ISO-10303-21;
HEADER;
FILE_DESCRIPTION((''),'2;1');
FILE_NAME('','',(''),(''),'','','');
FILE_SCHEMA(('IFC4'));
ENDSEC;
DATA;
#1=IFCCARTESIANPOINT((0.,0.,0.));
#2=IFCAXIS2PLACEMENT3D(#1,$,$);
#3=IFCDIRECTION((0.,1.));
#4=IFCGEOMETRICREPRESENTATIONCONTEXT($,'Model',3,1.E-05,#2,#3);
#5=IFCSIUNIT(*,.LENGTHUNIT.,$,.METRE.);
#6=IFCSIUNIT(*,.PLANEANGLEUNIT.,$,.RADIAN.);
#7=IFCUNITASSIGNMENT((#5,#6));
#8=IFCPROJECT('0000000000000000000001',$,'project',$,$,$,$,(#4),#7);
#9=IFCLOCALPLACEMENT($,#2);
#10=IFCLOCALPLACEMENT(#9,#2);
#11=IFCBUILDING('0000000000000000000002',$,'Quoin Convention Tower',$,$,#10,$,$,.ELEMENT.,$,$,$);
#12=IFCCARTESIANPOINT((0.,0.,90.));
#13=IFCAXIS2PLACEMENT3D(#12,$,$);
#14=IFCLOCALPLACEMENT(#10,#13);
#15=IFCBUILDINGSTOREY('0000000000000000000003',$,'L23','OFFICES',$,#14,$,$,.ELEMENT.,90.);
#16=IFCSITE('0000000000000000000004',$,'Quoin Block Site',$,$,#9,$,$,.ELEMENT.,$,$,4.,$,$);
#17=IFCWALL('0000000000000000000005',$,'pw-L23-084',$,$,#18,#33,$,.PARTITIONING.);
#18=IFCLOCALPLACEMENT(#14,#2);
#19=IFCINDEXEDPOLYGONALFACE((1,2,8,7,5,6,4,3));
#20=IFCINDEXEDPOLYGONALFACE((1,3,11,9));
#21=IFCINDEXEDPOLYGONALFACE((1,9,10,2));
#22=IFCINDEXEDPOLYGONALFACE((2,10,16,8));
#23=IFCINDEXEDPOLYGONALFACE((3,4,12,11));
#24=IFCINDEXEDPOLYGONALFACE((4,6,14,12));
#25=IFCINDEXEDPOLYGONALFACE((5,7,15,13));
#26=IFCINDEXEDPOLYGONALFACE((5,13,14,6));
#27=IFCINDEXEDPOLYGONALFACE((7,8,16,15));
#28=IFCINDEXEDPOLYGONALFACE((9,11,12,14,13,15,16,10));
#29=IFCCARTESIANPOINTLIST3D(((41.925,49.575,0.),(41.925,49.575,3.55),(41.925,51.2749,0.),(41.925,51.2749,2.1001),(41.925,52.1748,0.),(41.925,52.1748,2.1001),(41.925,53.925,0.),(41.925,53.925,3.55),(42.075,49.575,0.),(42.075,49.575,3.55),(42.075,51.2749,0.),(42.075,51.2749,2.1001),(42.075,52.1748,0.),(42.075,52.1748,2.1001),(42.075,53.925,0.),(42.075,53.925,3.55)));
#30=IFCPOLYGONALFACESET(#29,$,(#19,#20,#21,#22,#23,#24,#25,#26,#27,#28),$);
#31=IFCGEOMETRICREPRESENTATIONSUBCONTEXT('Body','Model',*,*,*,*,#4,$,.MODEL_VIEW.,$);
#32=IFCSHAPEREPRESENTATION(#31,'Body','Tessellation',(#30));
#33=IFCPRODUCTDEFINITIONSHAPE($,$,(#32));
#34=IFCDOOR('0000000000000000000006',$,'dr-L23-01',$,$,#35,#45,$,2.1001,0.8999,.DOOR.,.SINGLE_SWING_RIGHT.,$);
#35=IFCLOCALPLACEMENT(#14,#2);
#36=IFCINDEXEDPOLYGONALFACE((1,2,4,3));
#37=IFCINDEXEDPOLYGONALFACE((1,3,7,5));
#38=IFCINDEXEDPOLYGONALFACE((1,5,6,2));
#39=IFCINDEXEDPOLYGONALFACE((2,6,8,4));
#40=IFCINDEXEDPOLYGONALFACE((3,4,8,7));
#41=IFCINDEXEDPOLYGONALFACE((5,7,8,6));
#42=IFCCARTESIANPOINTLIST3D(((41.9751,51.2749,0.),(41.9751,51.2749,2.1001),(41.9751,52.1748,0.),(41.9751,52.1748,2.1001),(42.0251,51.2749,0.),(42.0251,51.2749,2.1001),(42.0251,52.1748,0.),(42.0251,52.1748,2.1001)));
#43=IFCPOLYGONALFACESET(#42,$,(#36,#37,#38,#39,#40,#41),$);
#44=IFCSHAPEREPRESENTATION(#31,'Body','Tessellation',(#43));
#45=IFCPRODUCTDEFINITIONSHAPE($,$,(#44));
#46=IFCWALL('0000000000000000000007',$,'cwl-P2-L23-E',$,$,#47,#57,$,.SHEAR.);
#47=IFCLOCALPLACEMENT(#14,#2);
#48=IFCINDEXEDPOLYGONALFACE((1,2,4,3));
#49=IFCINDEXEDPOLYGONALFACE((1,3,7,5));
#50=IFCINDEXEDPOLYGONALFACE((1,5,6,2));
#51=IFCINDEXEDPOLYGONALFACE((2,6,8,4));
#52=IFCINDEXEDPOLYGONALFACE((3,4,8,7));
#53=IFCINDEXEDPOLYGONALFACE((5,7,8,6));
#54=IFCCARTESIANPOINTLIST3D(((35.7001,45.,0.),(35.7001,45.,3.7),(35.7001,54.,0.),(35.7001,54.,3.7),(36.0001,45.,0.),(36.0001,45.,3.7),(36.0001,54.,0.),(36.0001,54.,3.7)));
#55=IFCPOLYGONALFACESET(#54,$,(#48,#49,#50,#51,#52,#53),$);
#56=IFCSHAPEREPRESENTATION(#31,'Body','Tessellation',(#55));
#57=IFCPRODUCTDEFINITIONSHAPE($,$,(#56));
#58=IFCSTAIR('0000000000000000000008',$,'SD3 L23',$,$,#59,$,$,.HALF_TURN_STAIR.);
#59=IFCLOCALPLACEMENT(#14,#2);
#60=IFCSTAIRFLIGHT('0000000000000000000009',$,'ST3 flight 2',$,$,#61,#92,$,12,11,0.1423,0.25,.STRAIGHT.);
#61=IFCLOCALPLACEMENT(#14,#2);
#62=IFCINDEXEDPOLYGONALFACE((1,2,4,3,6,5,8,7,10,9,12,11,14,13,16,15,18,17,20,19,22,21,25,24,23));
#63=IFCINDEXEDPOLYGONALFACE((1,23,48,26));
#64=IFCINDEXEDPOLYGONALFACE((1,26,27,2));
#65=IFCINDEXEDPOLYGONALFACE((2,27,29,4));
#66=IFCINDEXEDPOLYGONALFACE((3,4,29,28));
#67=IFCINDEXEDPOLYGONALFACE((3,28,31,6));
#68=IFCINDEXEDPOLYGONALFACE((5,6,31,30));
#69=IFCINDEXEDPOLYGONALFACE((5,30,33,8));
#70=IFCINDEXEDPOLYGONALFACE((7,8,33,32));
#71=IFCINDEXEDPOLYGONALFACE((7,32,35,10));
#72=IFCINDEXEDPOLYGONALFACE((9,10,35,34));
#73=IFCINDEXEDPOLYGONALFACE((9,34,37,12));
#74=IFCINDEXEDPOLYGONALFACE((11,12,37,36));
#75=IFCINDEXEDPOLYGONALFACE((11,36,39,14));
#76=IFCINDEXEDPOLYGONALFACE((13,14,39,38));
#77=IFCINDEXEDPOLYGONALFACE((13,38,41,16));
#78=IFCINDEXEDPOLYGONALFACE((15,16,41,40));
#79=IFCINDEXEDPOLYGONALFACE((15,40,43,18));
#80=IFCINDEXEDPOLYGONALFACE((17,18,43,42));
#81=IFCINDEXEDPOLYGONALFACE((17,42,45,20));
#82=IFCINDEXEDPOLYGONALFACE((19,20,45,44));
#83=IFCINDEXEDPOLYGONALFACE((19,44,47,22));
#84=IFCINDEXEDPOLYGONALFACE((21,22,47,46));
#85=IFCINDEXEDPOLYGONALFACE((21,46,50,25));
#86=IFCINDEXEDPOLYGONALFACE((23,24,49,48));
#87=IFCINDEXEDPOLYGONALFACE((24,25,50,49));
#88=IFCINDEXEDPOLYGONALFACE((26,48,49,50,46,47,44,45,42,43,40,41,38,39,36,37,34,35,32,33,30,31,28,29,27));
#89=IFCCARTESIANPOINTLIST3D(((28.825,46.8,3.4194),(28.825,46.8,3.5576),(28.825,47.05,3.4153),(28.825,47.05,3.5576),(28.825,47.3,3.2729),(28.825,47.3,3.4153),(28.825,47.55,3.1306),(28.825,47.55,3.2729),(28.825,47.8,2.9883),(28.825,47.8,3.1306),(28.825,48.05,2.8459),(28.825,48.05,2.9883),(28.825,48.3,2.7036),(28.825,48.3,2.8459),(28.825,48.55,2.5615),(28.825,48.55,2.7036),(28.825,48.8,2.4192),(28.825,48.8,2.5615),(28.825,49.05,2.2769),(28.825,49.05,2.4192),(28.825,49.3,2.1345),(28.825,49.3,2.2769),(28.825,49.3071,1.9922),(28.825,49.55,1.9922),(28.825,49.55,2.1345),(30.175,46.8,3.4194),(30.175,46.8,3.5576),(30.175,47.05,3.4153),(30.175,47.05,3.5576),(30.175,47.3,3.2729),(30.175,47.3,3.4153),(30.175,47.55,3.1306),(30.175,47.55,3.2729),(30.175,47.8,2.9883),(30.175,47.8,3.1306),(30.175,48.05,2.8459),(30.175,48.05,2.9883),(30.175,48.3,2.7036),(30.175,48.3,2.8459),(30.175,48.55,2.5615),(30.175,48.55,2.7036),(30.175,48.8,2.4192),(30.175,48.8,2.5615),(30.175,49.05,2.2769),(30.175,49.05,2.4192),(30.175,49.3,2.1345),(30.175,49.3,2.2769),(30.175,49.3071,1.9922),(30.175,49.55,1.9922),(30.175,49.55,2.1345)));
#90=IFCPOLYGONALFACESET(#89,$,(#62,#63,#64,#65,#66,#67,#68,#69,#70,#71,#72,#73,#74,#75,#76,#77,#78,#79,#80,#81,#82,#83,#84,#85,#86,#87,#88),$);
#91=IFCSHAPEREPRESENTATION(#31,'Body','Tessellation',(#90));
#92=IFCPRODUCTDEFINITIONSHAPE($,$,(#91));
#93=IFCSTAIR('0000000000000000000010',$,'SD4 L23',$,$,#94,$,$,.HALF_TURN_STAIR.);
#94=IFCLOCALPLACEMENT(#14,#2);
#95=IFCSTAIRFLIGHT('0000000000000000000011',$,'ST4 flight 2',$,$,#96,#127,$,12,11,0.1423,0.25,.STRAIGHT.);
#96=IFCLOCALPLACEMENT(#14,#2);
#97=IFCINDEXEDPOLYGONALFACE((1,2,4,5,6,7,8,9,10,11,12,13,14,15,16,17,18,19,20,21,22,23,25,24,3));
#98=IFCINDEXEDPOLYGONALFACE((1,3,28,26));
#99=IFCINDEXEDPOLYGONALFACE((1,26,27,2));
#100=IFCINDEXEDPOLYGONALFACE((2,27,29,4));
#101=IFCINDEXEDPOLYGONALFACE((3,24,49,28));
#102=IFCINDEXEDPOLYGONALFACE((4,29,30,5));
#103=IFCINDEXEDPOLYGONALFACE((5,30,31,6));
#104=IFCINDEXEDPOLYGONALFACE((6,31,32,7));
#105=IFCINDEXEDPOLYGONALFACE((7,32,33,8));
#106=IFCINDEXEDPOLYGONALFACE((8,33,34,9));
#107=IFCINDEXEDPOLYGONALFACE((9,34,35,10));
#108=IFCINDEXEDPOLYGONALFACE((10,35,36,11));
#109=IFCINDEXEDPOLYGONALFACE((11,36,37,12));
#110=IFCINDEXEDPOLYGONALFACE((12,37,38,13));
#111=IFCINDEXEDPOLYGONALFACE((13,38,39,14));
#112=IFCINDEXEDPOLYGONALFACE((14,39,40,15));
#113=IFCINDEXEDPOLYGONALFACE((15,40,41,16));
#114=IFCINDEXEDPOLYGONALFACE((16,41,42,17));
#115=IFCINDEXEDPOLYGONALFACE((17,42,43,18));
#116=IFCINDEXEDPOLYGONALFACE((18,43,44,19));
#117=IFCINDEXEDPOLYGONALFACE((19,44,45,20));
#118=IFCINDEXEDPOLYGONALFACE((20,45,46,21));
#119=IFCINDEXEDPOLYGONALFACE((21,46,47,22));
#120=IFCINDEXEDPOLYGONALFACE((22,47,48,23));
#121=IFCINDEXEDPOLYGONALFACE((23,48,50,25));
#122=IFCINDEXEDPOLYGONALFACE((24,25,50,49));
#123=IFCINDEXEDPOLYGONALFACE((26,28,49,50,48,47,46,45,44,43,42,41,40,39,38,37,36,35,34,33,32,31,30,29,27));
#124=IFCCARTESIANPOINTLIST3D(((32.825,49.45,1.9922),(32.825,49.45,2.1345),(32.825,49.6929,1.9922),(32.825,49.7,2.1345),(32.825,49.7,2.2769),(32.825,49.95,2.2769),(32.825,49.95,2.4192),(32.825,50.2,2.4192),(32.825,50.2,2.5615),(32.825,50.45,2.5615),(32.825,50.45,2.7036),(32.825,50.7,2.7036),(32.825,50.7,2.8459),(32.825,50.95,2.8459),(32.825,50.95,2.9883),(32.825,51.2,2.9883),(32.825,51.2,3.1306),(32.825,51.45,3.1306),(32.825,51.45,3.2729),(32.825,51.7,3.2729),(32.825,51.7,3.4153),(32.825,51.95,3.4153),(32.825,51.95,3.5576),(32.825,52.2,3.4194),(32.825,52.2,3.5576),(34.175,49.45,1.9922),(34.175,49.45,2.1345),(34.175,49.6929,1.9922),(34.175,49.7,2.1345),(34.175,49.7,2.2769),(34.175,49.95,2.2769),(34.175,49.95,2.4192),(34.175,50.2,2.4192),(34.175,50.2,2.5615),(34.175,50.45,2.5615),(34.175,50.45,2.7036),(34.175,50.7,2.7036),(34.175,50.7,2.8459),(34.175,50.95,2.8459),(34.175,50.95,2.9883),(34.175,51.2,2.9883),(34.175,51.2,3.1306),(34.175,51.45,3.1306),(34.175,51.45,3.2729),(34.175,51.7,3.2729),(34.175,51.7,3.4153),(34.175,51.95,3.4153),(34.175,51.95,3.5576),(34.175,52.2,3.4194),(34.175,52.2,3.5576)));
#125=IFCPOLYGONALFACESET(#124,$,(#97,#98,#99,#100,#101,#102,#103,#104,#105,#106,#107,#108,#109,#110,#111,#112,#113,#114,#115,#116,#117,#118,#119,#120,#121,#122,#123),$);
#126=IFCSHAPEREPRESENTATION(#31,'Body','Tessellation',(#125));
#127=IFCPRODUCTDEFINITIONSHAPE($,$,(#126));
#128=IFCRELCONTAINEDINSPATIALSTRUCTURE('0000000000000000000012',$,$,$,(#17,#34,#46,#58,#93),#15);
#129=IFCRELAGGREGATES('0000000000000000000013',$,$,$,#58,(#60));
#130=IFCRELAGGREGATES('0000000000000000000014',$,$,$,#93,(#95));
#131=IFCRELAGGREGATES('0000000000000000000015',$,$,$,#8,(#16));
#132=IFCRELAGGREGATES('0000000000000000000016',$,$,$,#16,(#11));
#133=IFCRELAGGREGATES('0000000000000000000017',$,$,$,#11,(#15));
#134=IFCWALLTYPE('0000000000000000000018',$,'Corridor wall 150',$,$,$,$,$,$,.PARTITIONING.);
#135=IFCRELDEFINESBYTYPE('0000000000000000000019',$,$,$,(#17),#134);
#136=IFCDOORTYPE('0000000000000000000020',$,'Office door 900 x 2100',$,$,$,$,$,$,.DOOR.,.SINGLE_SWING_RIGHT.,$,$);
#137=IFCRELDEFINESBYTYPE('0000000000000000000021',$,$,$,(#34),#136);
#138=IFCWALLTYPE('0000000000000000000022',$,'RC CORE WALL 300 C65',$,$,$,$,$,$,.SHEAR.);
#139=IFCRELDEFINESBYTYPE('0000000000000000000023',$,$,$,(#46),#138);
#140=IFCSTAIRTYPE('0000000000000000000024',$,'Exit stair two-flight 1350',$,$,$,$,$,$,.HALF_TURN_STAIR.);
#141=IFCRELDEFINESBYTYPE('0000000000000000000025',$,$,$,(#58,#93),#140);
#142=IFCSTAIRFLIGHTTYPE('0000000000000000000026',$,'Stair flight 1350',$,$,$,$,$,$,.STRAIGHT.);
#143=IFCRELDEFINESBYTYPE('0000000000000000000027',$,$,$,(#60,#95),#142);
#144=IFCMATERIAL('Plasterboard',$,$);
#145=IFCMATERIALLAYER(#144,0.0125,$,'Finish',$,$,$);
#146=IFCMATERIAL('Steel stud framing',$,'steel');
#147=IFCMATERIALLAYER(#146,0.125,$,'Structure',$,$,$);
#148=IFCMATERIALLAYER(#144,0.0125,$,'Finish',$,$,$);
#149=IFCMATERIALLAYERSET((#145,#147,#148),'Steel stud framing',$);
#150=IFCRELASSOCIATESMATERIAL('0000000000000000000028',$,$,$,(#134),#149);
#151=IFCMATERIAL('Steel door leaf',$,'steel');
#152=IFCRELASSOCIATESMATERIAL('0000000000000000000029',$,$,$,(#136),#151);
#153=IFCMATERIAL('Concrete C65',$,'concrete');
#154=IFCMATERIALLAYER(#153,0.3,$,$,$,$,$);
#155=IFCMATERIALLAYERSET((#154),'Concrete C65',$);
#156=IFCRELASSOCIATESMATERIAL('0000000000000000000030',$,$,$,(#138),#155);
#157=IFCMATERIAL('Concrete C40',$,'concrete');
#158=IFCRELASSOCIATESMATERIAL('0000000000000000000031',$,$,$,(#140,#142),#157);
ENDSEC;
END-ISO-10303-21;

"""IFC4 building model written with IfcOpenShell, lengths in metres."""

from ifc_helpers import new_model, si_unit, direction, frame, frame_2d, origin, place, context, subcontext, project, spatial, polyline, rectangle, outline, extrude, material, layer, layer_set, type_object, element, fill, aggregate, save


model = new_model("IFC4")

# Units and contexts
model_context = context("Model", 3, precision=1e-05, world=origin(), true_north=direction((0.0, 1.0)))
body_context = subcontext(model_context, "Body", "Model", "MODEL_VIEW")
ifc_project = project(units=[si_unit("LENGTHUNIT", "METRE"), si_unit("PLANEANGLEUNIT", "RADIAN")], contexts=[model_context])

# Site, building, storey
site_placement = place(None, origin())
site = spatial("IfcSite", under=ifc_project, at=site_placement, Name="Quoin Block Site", CompositionType="ELEMENT", RefElevation=4.0)
building_placement = place(site_placement, origin())
building = spatial("IfcBuilding", under=site, at=building_placement, Name="Quoin Convention Tower", CompositionType="ELEMENT")
storey_placement = place(building_placement, frame((0.0, 0.0, 90.0)))
storey = spatial("IfcBuildingStorey", under=building, at=storey_placement, Name="L23", Description="OFFICES", CompositionType="ELEMENT", Elevation=90.0)

# Shared definitions
ifc_material_1 = material(Name="Concrete C65", Category="concrete")

# Shared definitions
ifc_material_2 = material(Name="Plasterboard")
ifc_layer_1 = layer(ifc_material_2, 0.0125, Name="Finish")
ifc_material_3 = material(Name="Steel stud framing", Category="steel")
ifc_layer_2 = layer(ifc_material_3, 0.125, Name="Structure")
ifc_layer_3 = layer(ifc_material_2, 0.0125, Name="Finish")
ifc_layer_set_1 = layer_set([ifc_layer_1, ifc_layer_2, ifc_layer_3], Name="Steel stud framing")
wall_type_1 = type_object("IfcWallType", Name="Corridor wall 150", PredefinedType="PARTITIONING", material=ifc_layer_set_1)

# Wall, opening, door
ifc_material_4 = material(Name="Steel door leaf", Category="steel")
door_type = type_object("IfcDoorType", Name="Office door 900 x 2100", OperationType="SINGLE_SWING_RIGHT", PredefinedType="DOOR", material=ifc_material_4)
wall_1_placement = place(storey_placement, frame((42.0, 49.575, 0.0), z_axis=(0.0, 0.0, 1.0), x_axis=(0.0, 1.0, 0.0)))
wall_1 = element("IfcWall", 1, at=wall_1_placement, inside=storey, type_object=wall_type_1, Name="pw-L23-084", PredefinedType="PARTITIONING", context=body_context, shape_type="SweptSolid", body=[
    extrude(rectangle(XDim=4.3501, YDim=0.1499, at=frame_2d((2.175, 0.0))), origin(), (0.0, 0.0, 1.0), 3.55),
])
opening_1_placement = place(wall_1_placement, frame((1.7, 0.0, 0.0)))
opening_1 = element("IfcOpeningElement", 2, at=opening_1_placement, cuts=wall_1, PredefinedType="OPENING", context=body_context, shape_type="SweptSolid", body=[
    extrude(rectangle(XDim=0.8999, YDim=2.1001, at=frame_2d((0.45, 1.05))), frame((0.0, 0.085, 0.0), z_axis=(0.0, -1.0, 0.0), x_axis=(1.0, 0.0, 0.0)), (0.0, 0.0, 1.0), 0.1699),
])
door_1_placement = place(opening_1_placement, origin())
door_1 = element("IfcDoor", 3, at=door_1_placement, inside=storey, type_object=door_type, Name="dr-L23-01", OperationType="SINGLE_SWING_RIGHT", OverallHeight=2.1001, OverallWidth=0.8999, PredefinedType="DOOR", context=body_context, shape_type="SweptSolid", body=[
    extrude(rectangle(XDim=0.8999, YDim=2.1001, at=frame_2d((0.45, 1.05))), frame((0.0, 0.0249, 0.0), z_axis=(0.0, -1.0, 0.0), x_axis=(1.0, 0.0, 0.0)), (0.0, 0.0, 1.0), 0.05),
])
fill(opening_1, door_1)

# Wall
ifc_layer_4 = layer(ifc_material_1, 0.3)
ifc_layer_set_2 = layer_set([ifc_layer_4], Name="Concrete C65")
wall_type_2 = type_object("IfcWallType", Name="RC CORE WALL 300 C65", PredefinedType="SHEAR", material=ifc_layer_set_2)
wall_2_placement = place(storey_placement, frame((35.8501, 45.0, 0.0), z_axis=(0.0, 0.0, 1.0), x_axis=(0.0, 1.0, 0.0)))
element("IfcWall", 4, at=wall_2_placement, inside=storey, type_object=wall_type_2, Name="cwl-P2-L23-E", PredefinedType="SHEAR", context=body_context, shape_type="SweptSolid", body=[
    extrude(rectangle(XDim=9.0, YDim=0.3, at=frame_2d((4.5, 0.0))), origin(), (0.0, 0.0, 1.0), 3.7),
])

# Stairs, stair flights
ifc_material_5 = material(Name="Concrete C40", Category="concrete")
stair_type = type_object("IfcStairType", Name="Exit stair two-flight 1350", PredefinedType="HALF_TURN_STAIR", material=ifc_material_5)
stair_1_placement = place(storey_placement, origin())
stair_1 = element("IfcStair", 5, at=stair_1_placement, inside=storey, type_object=stair_type, Name="SD3 L23", PredefinedType="HALF_TURN_STAIR")
stair_flight_type = type_object("IfcStairFlightType", Name="Stair flight 1350", PredefinedType="STRAIGHT", material=ifc_material_5)
stair_flight_1_placement = place(storey_placement, frame((29.5, 49.55, 1.9922), z_axis=(0.0, 0.0, 1.0), x_axis=(0.0, -1.0, 0.0)))
stair_flight_1 = element("IfcStairFlight", 6, at=stair_flight_1_placement, type_object=stair_flight_type, Name="ST3 flight 2", NumberOfRisers=12, NumberOfTreads=11, PredefinedType="STRAIGHT", RiserHeight=0.1423, TreadLength=0.25, context=body_context, shape_type="SweptSolid", body=[
    extrude(outline(polyline([(0.0, 0.0), (0.0, 0.1423), (0.25, 0.1423), (0.25, 0.2847), (0.5, 0.2847), (0.5, 0.427), (0.75, 0.427), (0.75, 0.5693), (1.0, 0.5693), (1.0, 0.7114), (1.25, 0.7114), (1.25, 0.8538), (1.5, 0.8538), (1.5, 0.9961), (1.75, 0.9961), (1.75, 1.1384), (2.0, 1.1384), (2.0, 1.2808), (2.25, 1.2808), (2.25, 1.4231), (2.5, 1.4231), (2.5, 1.5654), (2.75, 1.5654), (2.75, 1.7078), (2.75, 1.4272), (0.2429, 0.0), (0.0, 0.0)])), frame((0.0, 0.675, 0.0), z_axis=(0.0, -1.0, 0.0), x_axis=(1.0, 0.0, 0.0)), (0.0, 0.0, 1.0), 1.3501),
])
aggregate(stair_1, [stair_flight_1])
stair_2_placement = place(storey_placement, origin())
stair_2 = element("IfcStair", 7, at=stair_2_placement, inside=storey, type_object=stair_type, Name="SD4 L23", PredefinedType="HALF_TURN_STAIR")
stair_flight_2_placement = place(storey_placement, frame((33.5, 49.45, 1.9922), z_axis=(0.0, 0.0, 1.0), x_axis=(0.0, 1.0, 0.0)))
stair_flight_2 = element("IfcStairFlight", 8, at=stair_flight_2_placement, type_object=stair_flight_type, Name="ST4 flight 2", NumberOfRisers=12, NumberOfTreads=11, PredefinedType="STRAIGHT", RiserHeight=0.1423, TreadLength=0.25, context=body_context, shape_type="SweptSolid", body=[
    extrude(outline(polyline([(0.0, 0.0), (0.0, 0.1423), (0.25, 0.1423), (0.25, 0.2847), (0.5, 0.2847), (0.5, 0.427), (0.75, 0.427), (0.75, 0.5693), (1.0, 0.5693), (1.0, 0.7114), (1.25, 0.7114), (1.25, 0.8538), (1.5, 0.8538), (1.5, 0.9961), (1.75, 0.9961), (1.75, 1.1384), (2.0, 1.1384), (2.0, 1.2808), (2.25, 1.2808), (2.25, 1.4231), (2.5, 1.4231), (2.5, 1.5654), (2.75, 1.5654), (2.75, 1.7078), (2.75, 1.4272), (0.2429, 0.0), (0.0, 0.0)])), frame((0.0, 0.675, 0.0), z_axis=(0.0, -1.0, 0.0), x_axis=(1.0, 0.0, 0.0)), (0.0, 0.0, 1.0), 1.3501),
])
aggregate(stair_2, [stair_flight_2])

save(model, "model.ifc")
